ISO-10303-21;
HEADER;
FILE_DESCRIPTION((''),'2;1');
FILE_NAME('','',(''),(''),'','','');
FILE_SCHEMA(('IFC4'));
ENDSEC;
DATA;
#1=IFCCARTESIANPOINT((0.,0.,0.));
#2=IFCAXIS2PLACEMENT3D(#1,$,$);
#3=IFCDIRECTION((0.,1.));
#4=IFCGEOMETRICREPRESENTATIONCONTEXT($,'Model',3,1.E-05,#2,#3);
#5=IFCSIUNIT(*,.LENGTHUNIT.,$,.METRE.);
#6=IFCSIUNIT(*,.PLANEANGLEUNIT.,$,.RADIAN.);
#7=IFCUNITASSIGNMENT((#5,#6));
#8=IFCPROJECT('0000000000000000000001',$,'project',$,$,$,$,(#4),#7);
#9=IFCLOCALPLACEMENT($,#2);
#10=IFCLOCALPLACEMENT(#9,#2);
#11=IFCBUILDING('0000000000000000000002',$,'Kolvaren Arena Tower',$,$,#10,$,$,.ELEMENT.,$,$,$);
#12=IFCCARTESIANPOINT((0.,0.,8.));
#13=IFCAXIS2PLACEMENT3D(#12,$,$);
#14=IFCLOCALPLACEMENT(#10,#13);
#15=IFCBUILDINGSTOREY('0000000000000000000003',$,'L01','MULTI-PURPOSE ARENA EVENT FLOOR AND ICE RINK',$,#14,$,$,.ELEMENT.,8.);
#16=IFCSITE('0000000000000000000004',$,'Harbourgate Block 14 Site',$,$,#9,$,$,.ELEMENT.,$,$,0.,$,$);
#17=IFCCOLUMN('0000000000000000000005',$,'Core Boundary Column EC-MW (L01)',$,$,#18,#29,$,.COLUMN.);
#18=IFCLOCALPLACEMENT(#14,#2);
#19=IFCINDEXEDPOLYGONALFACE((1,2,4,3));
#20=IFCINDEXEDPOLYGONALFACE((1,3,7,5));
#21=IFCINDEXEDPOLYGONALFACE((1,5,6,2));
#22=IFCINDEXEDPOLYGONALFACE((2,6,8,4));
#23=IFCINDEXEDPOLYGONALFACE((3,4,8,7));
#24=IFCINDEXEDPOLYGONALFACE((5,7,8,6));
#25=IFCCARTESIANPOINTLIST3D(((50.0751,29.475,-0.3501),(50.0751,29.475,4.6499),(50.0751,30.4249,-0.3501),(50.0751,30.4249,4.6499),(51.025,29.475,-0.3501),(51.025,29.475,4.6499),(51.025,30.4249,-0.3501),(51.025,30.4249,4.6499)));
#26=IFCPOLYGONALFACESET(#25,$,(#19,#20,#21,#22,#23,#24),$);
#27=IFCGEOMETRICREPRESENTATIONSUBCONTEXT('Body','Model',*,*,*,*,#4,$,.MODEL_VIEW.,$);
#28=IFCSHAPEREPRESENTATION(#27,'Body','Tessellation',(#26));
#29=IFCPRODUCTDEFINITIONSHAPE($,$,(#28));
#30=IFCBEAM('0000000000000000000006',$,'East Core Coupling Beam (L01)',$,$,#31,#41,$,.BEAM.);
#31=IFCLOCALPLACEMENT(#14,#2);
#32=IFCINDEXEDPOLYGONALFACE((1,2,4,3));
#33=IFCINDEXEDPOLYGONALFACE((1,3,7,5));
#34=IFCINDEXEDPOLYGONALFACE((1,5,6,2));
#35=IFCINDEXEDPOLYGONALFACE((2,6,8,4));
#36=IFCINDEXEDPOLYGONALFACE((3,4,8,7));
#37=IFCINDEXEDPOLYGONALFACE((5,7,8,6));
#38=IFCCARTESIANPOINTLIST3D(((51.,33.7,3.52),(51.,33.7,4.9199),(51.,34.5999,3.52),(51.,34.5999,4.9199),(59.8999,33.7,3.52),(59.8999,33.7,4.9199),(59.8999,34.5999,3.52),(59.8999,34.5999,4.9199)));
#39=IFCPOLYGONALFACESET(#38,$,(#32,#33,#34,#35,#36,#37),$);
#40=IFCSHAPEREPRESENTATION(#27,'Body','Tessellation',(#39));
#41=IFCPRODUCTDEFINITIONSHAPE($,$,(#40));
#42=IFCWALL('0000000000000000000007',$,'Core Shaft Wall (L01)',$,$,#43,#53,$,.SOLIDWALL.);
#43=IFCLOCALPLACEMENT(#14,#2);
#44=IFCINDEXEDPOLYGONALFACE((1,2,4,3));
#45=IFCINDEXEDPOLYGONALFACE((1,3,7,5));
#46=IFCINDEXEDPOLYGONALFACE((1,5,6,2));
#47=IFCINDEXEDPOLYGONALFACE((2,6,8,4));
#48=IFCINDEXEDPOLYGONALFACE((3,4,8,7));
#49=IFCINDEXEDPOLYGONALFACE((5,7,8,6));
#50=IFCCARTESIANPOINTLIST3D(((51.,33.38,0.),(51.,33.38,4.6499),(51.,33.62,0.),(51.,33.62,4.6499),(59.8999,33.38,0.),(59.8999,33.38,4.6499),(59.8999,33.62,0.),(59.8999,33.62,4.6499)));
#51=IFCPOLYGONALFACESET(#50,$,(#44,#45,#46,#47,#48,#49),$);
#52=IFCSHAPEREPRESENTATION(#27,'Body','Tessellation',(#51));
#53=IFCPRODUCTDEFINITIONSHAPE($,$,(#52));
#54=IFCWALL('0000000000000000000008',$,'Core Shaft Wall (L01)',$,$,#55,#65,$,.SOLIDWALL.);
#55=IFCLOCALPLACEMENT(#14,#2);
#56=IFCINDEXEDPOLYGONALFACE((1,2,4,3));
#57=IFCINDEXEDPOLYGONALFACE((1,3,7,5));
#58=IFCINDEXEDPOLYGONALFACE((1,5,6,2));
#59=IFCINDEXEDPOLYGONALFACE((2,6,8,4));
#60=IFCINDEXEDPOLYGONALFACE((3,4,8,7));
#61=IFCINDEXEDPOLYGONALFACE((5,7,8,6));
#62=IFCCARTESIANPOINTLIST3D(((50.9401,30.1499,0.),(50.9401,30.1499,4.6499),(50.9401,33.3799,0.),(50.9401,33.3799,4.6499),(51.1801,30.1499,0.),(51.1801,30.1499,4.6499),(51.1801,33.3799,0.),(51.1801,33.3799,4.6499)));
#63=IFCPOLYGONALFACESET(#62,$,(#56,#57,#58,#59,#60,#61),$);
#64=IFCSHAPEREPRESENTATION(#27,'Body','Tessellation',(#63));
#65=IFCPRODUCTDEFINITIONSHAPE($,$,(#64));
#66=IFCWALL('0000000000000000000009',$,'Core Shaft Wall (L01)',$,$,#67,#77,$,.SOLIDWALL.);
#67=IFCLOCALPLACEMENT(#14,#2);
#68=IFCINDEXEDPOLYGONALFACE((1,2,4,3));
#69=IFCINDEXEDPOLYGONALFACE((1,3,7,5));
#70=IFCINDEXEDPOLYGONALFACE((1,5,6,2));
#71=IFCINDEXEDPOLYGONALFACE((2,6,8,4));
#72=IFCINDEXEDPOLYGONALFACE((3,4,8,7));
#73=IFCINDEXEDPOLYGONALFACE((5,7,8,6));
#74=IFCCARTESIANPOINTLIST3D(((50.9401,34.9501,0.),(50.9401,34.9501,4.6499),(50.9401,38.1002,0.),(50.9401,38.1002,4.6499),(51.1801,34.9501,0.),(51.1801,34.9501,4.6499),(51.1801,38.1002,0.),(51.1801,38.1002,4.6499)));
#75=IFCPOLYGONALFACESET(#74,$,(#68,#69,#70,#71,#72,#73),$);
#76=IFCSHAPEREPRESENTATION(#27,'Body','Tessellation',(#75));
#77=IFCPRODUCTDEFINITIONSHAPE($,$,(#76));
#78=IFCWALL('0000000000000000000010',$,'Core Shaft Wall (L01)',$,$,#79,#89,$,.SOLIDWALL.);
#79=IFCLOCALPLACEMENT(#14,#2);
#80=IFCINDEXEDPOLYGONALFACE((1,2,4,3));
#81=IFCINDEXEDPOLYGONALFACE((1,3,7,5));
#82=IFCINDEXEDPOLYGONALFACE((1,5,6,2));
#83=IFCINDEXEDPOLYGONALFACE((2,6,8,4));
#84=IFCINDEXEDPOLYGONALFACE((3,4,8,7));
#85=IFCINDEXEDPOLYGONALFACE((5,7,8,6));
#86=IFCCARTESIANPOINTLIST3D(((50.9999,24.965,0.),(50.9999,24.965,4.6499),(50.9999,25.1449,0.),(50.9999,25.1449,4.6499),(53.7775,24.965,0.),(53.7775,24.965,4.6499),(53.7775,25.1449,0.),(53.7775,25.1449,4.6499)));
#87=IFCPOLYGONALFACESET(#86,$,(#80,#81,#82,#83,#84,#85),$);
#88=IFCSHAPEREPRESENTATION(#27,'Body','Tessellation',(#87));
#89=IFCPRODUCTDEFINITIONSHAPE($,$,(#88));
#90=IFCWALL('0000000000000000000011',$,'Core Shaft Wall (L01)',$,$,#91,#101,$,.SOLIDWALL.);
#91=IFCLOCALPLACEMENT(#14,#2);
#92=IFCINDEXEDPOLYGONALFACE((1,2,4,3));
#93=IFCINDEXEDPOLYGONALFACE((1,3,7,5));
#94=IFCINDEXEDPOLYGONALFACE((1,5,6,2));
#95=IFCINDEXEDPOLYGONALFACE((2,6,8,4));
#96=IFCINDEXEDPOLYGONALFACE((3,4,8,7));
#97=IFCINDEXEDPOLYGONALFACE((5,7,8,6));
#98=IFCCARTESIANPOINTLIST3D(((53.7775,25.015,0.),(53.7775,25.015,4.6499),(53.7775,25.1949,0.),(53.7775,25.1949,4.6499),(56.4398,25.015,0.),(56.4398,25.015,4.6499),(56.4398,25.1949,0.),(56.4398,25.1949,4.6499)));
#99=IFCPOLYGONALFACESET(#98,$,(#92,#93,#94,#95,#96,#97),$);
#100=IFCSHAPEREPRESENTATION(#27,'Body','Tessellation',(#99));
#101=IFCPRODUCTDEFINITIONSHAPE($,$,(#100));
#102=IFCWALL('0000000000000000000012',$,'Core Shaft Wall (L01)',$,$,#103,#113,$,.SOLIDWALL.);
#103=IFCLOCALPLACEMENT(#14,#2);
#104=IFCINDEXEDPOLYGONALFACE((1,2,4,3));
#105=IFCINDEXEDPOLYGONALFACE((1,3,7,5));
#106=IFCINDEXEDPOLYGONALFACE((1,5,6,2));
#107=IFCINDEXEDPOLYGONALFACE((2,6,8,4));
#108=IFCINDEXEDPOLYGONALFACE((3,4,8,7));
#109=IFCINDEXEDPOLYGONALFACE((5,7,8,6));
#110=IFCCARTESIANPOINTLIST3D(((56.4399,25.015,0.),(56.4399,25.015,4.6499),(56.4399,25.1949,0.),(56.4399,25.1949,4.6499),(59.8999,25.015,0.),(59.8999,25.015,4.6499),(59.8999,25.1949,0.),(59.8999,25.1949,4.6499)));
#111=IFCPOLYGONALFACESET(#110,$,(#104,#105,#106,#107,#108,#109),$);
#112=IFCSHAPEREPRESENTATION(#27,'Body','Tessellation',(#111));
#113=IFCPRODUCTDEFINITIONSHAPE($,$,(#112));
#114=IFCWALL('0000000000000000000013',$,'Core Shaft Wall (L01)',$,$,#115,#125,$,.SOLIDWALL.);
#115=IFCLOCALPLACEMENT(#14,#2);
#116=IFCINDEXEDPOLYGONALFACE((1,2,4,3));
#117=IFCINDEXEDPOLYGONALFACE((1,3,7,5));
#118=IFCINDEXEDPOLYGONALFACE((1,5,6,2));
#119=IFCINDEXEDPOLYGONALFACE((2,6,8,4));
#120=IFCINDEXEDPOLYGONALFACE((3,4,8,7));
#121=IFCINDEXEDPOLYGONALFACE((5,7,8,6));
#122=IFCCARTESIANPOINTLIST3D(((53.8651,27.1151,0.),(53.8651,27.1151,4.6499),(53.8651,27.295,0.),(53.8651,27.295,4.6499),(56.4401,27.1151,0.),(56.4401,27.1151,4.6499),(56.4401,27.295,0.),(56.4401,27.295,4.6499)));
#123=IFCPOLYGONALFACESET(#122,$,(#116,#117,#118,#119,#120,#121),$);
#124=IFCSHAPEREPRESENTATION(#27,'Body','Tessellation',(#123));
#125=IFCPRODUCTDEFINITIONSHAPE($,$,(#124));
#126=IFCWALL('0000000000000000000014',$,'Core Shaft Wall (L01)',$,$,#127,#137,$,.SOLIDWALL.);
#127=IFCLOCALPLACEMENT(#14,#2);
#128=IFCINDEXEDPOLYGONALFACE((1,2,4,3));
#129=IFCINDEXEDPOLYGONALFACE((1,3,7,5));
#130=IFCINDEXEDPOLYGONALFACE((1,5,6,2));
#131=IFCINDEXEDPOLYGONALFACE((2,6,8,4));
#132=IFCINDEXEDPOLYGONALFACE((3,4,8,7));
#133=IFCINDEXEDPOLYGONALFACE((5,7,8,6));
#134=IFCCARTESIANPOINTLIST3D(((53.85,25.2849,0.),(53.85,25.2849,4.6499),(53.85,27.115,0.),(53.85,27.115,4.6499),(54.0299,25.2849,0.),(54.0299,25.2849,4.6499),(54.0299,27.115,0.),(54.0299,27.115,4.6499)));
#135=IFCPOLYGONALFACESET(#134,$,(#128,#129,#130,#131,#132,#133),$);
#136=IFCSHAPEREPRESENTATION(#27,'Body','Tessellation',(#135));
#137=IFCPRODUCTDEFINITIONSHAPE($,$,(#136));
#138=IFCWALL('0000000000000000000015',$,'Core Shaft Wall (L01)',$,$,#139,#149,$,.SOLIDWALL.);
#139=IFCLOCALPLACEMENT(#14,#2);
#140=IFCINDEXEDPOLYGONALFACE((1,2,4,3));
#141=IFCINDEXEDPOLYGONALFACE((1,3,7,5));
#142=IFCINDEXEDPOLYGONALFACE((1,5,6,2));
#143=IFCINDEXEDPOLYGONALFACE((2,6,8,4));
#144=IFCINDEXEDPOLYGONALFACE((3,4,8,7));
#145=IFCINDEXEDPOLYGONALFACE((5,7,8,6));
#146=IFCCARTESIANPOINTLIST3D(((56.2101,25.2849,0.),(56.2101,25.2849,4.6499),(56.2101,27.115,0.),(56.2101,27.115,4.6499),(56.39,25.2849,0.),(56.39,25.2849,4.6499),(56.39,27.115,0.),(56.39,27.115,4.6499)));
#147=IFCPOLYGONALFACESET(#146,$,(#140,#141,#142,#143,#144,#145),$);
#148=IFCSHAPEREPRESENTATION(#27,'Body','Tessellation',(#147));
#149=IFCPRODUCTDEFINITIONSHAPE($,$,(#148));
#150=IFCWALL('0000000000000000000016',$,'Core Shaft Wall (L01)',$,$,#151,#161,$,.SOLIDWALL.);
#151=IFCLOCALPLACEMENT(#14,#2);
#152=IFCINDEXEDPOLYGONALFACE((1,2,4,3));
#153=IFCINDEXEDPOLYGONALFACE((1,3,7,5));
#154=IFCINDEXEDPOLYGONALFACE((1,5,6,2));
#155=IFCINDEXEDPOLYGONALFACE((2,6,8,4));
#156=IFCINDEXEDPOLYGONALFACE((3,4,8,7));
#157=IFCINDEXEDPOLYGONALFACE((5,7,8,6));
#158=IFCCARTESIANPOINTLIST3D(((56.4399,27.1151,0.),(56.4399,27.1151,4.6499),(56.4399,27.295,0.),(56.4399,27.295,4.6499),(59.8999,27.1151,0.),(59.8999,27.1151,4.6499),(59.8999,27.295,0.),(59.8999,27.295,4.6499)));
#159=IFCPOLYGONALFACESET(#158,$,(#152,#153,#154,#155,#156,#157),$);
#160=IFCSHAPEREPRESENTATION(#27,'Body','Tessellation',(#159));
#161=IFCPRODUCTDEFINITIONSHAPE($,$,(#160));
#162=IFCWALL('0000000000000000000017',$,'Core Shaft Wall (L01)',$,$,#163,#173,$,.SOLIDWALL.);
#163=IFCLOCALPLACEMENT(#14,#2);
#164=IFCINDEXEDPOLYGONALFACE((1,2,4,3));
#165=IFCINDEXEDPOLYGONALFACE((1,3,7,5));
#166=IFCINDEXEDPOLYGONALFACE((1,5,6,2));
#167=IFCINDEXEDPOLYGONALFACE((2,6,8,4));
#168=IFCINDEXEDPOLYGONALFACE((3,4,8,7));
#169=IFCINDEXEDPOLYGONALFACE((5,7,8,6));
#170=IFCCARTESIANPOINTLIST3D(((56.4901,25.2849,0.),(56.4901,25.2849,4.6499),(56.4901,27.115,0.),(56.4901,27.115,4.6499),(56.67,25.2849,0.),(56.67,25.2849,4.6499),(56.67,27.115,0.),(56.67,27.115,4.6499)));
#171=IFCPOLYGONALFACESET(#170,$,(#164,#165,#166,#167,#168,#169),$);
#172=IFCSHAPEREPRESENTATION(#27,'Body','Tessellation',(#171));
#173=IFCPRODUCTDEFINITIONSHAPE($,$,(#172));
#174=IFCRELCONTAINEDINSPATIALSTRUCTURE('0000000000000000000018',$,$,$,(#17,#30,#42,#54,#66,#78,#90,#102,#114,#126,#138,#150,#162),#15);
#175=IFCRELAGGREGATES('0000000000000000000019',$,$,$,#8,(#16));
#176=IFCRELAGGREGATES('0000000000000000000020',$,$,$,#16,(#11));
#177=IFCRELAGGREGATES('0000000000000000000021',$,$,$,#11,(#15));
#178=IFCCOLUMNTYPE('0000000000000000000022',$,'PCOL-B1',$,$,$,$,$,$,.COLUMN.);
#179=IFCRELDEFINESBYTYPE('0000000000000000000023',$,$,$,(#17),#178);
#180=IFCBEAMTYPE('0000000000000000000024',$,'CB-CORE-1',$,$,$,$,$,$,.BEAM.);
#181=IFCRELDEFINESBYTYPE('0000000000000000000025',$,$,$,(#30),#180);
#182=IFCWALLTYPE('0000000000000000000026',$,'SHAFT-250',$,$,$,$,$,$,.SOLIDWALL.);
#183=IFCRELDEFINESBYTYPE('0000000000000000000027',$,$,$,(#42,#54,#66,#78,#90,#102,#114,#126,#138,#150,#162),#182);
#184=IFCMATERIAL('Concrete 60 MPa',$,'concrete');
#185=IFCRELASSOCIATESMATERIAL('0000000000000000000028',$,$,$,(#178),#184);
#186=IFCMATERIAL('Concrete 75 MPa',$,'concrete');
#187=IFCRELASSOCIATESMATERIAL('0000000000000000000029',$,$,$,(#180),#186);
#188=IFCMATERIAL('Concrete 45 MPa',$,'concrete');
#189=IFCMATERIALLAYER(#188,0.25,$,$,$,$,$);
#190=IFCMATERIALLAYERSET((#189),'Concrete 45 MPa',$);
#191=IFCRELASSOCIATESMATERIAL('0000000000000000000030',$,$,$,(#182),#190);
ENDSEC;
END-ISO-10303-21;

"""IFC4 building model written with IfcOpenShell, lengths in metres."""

from ifc_helpers import new_model, si_unit, direction, frame, frame_2d, origin, origin_2d, place, context, subcontext, project, spatial, rectangle, extrude, material, layer, layer_set, material_profile, profile_set, type_object, element, save


model = new_model("IFC4")

# Units and contexts
model_context = context("Model", 3, precision=1e-05, world=origin(), true_north=direction((0.0, 1.0)))
body_context = subcontext(model_context, "Body", "Model", "MODEL_VIEW")
ifc_project = project(units=[si_unit("LENGTHUNIT", "METRE"), si_unit("PLANEANGLEUNIT", "RADIAN")], contexts=[model_context])

# Site, building, storey
site_placement = place(None, origin())
site = spatial("IfcSite", under=ifc_project, at=site_placement, Name="Harbourgate Block 14 Site", CompositionType="ELEMENT", RefElevation=0.0)
building_placement = place(site_placement, origin())
building = spatial("IfcBuilding", under=site, at=building_placement, Name="Kolvaren Arena Tower", CompositionType="ELEMENT")
storey_placement = place(building_placement, frame((0.0, 0.0, 8.0)))
storey = spatial("IfcBuildingStorey", under=building, at=storey_placement, Name="L01", Description="MULTI-PURPOSE ARENA EVENT FLOOR AND ICE RINK", CompositionType="ELEMENT", Elevation=8.0)

# Column
ifc_material_1 = material(Name="Concrete 60 MPa", Category="concrete")
ifc_material_profile_1 = material_profile(ifc_material_1, rectangle(XDim=0.95, YDim=0.95, at=origin_2d()), Name="RC-950x950")
ifc_profile_set_1 = profile_set([ifc_material_profile_1], Name="Concrete 60 MPa")
column_type = type_object("IfcColumnType", Name="PCOL-B1", PredefinedType="COLUMN", material=ifc_profile_set_1)
column_placement = place(storey_placement, frame((50.55, 29.95, -0.3501), z_axis=(0.0, 0.0, 1.0), x_axis=(1.0, 0.0, 0.0)))
element("IfcColumn", 1, at=column_placement, inside=storey, type_object=column_type, Name="Core Boundary Column EC-MW (L01)", PredefinedType="COLUMN", context=body_context, shape_type="SweptSolid", body=[
    extrude(rectangle(XDim=0.95, YDim=0.95, at=origin_2d()), origin(), (0.0, 0.0, 1.0), 5.0),
])

# Beam
ifc_material_2 = material(Name="Concrete 75 MPa", Category="concrete")
ifc_material_profile_2 = material_profile(ifc_material_2, rectangle(XDim=0.8999, YDim=1.3999, at=origin_2d()), Name="RC-900x1400")
ifc_profile_set_2 = profile_set([ifc_material_profile_2], Name="Concrete 75 MPa")
beam_type = type_object("IfcBeamType", Name="CB-CORE-1", PredefinedType="BEAM", material=ifc_profile_set_2)
beam_placement = place(storey_placement, frame((51.0, 34.1499, 4.22), z_axis=(1.0, 0.0, 0.0), x_axis=(0.0, 1.0, 0.0)))
element("IfcBeam", 2, at=beam_placement, inside=storey, type_object=beam_type, Name="East Core Coupling Beam (L01)", PredefinedType="BEAM", context=body_context, shape_type="SweptSolid", body=[
    extrude(rectangle(XDim=0.8999, YDim=1.3999, at=origin_2d()), origin(), (0.0, 0.0, 1.0), 8.8999),
])

# Walls
ifc_material_3 = material(Name="Concrete 45 MPa", Category="concrete")
ifc_layer = layer(ifc_material_3, 0.25)
ifc_layer_set = layer_set([ifc_layer], Name="Concrete 45 MPa")
wall_type = type_object("IfcWallType", Name="SHAFT-250", PredefinedType="SOLIDWALL", material=ifc_layer_set)
wall_1_placement = place(storey_placement, frame((51.0, 33.5, 0.0), z_axis=(0.0, 0.0, 1.0), x_axis=(1.0, 0.0, 0.0)))
element("IfcWall", 3, at=wall_1_placement, inside=storey, type_object=wall_type, Name="Core Shaft Wall (L01)", PredefinedType="SOLIDWALL", context=body_context, shape_type="SweptSolid", body=[
    extrude(rectangle(XDim=8.8999, YDim=0.24, at=frame_2d((4.45, 0.0))), origin(), (0.0, 0.0, 1.0), 4.6499),
])
wall_2_placement = place(storey_placement, frame((51.0601, 30.1499, 0.0), z_axis=(0.0, 0.0, 1.0), x_axis=(0.0, 1.0, 0.0)))
element("IfcWall", 4, at=wall_2_placement, inside=storey, type_object=wall_type, Name="Core Shaft Wall (L01)", PredefinedType="SOLIDWALL", context=body_context, shape_type="SweptSolid", body=[
    extrude(rectangle(XDim=3.23, YDim=0.24, at=frame_2d((1.615, 0.0))), origin(), (0.0, 0.0, 1.0), 4.6499),
])
wall_3_placement = place(storey_placement, frame((51.0601, 34.95, 0.0), z_axis=(0.0, 0.0, 1.0), x_axis=(0.0, 1.0, 0.0)))
element("IfcWall", 5, at=wall_3_placement, inside=storey, type_object=wall_type, Name="Core Shaft Wall (L01)", PredefinedType="SOLIDWALL", context=body_context, shape_type="SweptSolid", body=[
    extrude(rectangle(XDim=3.1501, YDim=0.24, at=frame_2d((1.5752, 0.0))), origin(), (0.0, 0.0, 1.0), 4.6499),
])
wall_4_placement = place(storey_placement, frame((51.0, 25.0549, 0.0), z_axis=(0.0, 0.0, 1.0), x_axis=(1.0, 0.0, 0.0)))
element("IfcWall", 6, at=wall_4_placement, inside=storey, type_object=wall_type, Name="Core Shaft Wall (L01)", PredefinedType="SOLIDWALL", context=body_context, shape_type="SweptSolid", body=[
    extrude(rectangle(XDim=2.7776, YDim=0.1799, at=frame_2d((1.3887, 0.0))), origin(), (0.0, 0.0, 1.0), 4.6499),
])
wall_5_placement = place(storey_placement, frame((53.7776, 25.105, 0.0), z_axis=(0.0, 0.0, 1.0), x_axis=(1.0, 0.0, 0.0)))
element("IfcWall", 7, at=wall_5_placement, inside=storey, type_object=wall_type, Name="Core Shaft Wall (L01)", PredefinedType="SOLIDWALL", context=body_context, shape_type="SweptSolid", body=[
    extrude(rectangle(XDim=2.6624, YDim=0.1799, at=frame_2d((1.3311, 0.0))), origin(), (0.0, 0.0, 1.0), 4.6499),
])
wall_6_placement = place(storey_placement, frame((56.4399, 25.105, 0.0), z_axis=(0.0, 0.0, 1.0), x_axis=(1.0, 0.0, 0.0)))
element("IfcWall", 8, at=wall_6_placement, inside=storey, type_object=wall_type, Name="Core Shaft Wall (L01)", PredefinedType="SOLIDWALL", context=body_context, shape_type="SweptSolid", body=[
    extrude(rectangle(XDim=3.46, YDim=0.1799, at=frame_2d((1.73, 0.0))), origin(), (0.0, 0.0, 1.0), 4.6499),
])
wall_7_placement = place(storey_placement, frame((53.865, 27.2051, 0.0), z_axis=(0.0, 0.0, 1.0), x_axis=(1.0, 0.0, 0.0)))
element("IfcWall", 9, at=wall_7_placement, inside=storey, type_object=wall_type, Name="Core Shaft Wall (L01)", PredefinedType="SOLIDWALL", context=body_context, shape_type="SweptSolid", body=[
    extrude(rectangle(XDim=2.575, YDim=0.1799, at=frame_2d((1.2876, 0.0))), origin(), (0.0, 0.0, 1.0), 4.6499),
])
for number, where, z_axis, x_axis, name in (
    (10, (53.9399, 25.2849, 0.0), (0.0, 0.0, 1.0), (0.0, 1.0, 0.0), "Core Shaft Wall (L01)"),
    (11, (56.3, 25.2849, 0.0), (0.0, 0.0, 1.0), (0.0, 1.0, 0.0), "Core Shaft Wall (L01)"),
):
    element("IfcWall", number, at=place(storey_placement, frame(where, z_axis=z_axis, x_axis=x_axis)), inside=storey, type_object=wall_type, Name=name, PredefinedType="SOLIDWALL", context=body_context, shape_type="SweptSolid", body=[
        extrude(rectangle(XDim=1.8301, YDim=0.1799, at=frame_2d((0.915, 0.0))), origin(), (0.0, 0.0, 1.0), 4.6499),
    ])
wall_8_placement = place(storey_placement, frame((56.4399, 27.2051, 0.0), z_axis=(0.0, 0.0, 1.0), x_axis=(1.0, 0.0, 0.0)))
element("IfcWall", 12, at=wall_8_placement, inside=storey, type_object=wall_type, Name="Core Shaft Wall (L01)", PredefinedType="SOLIDWALL", context=body_context, shape_type="SweptSolid", body=[
    extrude(rectangle(XDim=3.46, YDim=0.1799, at=frame_2d((1.73, 0.0))), origin(), (0.0, 0.0, 1.0), 4.6499),
])
wall_9_placement = place(storey_placement, frame((56.5801, 25.2849, 0.0), z_axis=(0.0, 0.0, 1.0), x_axis=(0.0, 1.0, 0.0)))
element("IfcWall", 13, at=wall_9_placement, inside=storey, type_object=wall_type, Name="Core Shaft Wall (L01)", PredefinedType="SOLIDWALL", context=body_context, shape_type="SweptSolid", body=[
    extrude(rectangle(XDim=1.8301, YDim=0.1799, at=frame_2d((0.915, 0.0))), origin(), (0.0, 0.0, 1.0), 4.6499),
])

save(model, "model.ifc")
